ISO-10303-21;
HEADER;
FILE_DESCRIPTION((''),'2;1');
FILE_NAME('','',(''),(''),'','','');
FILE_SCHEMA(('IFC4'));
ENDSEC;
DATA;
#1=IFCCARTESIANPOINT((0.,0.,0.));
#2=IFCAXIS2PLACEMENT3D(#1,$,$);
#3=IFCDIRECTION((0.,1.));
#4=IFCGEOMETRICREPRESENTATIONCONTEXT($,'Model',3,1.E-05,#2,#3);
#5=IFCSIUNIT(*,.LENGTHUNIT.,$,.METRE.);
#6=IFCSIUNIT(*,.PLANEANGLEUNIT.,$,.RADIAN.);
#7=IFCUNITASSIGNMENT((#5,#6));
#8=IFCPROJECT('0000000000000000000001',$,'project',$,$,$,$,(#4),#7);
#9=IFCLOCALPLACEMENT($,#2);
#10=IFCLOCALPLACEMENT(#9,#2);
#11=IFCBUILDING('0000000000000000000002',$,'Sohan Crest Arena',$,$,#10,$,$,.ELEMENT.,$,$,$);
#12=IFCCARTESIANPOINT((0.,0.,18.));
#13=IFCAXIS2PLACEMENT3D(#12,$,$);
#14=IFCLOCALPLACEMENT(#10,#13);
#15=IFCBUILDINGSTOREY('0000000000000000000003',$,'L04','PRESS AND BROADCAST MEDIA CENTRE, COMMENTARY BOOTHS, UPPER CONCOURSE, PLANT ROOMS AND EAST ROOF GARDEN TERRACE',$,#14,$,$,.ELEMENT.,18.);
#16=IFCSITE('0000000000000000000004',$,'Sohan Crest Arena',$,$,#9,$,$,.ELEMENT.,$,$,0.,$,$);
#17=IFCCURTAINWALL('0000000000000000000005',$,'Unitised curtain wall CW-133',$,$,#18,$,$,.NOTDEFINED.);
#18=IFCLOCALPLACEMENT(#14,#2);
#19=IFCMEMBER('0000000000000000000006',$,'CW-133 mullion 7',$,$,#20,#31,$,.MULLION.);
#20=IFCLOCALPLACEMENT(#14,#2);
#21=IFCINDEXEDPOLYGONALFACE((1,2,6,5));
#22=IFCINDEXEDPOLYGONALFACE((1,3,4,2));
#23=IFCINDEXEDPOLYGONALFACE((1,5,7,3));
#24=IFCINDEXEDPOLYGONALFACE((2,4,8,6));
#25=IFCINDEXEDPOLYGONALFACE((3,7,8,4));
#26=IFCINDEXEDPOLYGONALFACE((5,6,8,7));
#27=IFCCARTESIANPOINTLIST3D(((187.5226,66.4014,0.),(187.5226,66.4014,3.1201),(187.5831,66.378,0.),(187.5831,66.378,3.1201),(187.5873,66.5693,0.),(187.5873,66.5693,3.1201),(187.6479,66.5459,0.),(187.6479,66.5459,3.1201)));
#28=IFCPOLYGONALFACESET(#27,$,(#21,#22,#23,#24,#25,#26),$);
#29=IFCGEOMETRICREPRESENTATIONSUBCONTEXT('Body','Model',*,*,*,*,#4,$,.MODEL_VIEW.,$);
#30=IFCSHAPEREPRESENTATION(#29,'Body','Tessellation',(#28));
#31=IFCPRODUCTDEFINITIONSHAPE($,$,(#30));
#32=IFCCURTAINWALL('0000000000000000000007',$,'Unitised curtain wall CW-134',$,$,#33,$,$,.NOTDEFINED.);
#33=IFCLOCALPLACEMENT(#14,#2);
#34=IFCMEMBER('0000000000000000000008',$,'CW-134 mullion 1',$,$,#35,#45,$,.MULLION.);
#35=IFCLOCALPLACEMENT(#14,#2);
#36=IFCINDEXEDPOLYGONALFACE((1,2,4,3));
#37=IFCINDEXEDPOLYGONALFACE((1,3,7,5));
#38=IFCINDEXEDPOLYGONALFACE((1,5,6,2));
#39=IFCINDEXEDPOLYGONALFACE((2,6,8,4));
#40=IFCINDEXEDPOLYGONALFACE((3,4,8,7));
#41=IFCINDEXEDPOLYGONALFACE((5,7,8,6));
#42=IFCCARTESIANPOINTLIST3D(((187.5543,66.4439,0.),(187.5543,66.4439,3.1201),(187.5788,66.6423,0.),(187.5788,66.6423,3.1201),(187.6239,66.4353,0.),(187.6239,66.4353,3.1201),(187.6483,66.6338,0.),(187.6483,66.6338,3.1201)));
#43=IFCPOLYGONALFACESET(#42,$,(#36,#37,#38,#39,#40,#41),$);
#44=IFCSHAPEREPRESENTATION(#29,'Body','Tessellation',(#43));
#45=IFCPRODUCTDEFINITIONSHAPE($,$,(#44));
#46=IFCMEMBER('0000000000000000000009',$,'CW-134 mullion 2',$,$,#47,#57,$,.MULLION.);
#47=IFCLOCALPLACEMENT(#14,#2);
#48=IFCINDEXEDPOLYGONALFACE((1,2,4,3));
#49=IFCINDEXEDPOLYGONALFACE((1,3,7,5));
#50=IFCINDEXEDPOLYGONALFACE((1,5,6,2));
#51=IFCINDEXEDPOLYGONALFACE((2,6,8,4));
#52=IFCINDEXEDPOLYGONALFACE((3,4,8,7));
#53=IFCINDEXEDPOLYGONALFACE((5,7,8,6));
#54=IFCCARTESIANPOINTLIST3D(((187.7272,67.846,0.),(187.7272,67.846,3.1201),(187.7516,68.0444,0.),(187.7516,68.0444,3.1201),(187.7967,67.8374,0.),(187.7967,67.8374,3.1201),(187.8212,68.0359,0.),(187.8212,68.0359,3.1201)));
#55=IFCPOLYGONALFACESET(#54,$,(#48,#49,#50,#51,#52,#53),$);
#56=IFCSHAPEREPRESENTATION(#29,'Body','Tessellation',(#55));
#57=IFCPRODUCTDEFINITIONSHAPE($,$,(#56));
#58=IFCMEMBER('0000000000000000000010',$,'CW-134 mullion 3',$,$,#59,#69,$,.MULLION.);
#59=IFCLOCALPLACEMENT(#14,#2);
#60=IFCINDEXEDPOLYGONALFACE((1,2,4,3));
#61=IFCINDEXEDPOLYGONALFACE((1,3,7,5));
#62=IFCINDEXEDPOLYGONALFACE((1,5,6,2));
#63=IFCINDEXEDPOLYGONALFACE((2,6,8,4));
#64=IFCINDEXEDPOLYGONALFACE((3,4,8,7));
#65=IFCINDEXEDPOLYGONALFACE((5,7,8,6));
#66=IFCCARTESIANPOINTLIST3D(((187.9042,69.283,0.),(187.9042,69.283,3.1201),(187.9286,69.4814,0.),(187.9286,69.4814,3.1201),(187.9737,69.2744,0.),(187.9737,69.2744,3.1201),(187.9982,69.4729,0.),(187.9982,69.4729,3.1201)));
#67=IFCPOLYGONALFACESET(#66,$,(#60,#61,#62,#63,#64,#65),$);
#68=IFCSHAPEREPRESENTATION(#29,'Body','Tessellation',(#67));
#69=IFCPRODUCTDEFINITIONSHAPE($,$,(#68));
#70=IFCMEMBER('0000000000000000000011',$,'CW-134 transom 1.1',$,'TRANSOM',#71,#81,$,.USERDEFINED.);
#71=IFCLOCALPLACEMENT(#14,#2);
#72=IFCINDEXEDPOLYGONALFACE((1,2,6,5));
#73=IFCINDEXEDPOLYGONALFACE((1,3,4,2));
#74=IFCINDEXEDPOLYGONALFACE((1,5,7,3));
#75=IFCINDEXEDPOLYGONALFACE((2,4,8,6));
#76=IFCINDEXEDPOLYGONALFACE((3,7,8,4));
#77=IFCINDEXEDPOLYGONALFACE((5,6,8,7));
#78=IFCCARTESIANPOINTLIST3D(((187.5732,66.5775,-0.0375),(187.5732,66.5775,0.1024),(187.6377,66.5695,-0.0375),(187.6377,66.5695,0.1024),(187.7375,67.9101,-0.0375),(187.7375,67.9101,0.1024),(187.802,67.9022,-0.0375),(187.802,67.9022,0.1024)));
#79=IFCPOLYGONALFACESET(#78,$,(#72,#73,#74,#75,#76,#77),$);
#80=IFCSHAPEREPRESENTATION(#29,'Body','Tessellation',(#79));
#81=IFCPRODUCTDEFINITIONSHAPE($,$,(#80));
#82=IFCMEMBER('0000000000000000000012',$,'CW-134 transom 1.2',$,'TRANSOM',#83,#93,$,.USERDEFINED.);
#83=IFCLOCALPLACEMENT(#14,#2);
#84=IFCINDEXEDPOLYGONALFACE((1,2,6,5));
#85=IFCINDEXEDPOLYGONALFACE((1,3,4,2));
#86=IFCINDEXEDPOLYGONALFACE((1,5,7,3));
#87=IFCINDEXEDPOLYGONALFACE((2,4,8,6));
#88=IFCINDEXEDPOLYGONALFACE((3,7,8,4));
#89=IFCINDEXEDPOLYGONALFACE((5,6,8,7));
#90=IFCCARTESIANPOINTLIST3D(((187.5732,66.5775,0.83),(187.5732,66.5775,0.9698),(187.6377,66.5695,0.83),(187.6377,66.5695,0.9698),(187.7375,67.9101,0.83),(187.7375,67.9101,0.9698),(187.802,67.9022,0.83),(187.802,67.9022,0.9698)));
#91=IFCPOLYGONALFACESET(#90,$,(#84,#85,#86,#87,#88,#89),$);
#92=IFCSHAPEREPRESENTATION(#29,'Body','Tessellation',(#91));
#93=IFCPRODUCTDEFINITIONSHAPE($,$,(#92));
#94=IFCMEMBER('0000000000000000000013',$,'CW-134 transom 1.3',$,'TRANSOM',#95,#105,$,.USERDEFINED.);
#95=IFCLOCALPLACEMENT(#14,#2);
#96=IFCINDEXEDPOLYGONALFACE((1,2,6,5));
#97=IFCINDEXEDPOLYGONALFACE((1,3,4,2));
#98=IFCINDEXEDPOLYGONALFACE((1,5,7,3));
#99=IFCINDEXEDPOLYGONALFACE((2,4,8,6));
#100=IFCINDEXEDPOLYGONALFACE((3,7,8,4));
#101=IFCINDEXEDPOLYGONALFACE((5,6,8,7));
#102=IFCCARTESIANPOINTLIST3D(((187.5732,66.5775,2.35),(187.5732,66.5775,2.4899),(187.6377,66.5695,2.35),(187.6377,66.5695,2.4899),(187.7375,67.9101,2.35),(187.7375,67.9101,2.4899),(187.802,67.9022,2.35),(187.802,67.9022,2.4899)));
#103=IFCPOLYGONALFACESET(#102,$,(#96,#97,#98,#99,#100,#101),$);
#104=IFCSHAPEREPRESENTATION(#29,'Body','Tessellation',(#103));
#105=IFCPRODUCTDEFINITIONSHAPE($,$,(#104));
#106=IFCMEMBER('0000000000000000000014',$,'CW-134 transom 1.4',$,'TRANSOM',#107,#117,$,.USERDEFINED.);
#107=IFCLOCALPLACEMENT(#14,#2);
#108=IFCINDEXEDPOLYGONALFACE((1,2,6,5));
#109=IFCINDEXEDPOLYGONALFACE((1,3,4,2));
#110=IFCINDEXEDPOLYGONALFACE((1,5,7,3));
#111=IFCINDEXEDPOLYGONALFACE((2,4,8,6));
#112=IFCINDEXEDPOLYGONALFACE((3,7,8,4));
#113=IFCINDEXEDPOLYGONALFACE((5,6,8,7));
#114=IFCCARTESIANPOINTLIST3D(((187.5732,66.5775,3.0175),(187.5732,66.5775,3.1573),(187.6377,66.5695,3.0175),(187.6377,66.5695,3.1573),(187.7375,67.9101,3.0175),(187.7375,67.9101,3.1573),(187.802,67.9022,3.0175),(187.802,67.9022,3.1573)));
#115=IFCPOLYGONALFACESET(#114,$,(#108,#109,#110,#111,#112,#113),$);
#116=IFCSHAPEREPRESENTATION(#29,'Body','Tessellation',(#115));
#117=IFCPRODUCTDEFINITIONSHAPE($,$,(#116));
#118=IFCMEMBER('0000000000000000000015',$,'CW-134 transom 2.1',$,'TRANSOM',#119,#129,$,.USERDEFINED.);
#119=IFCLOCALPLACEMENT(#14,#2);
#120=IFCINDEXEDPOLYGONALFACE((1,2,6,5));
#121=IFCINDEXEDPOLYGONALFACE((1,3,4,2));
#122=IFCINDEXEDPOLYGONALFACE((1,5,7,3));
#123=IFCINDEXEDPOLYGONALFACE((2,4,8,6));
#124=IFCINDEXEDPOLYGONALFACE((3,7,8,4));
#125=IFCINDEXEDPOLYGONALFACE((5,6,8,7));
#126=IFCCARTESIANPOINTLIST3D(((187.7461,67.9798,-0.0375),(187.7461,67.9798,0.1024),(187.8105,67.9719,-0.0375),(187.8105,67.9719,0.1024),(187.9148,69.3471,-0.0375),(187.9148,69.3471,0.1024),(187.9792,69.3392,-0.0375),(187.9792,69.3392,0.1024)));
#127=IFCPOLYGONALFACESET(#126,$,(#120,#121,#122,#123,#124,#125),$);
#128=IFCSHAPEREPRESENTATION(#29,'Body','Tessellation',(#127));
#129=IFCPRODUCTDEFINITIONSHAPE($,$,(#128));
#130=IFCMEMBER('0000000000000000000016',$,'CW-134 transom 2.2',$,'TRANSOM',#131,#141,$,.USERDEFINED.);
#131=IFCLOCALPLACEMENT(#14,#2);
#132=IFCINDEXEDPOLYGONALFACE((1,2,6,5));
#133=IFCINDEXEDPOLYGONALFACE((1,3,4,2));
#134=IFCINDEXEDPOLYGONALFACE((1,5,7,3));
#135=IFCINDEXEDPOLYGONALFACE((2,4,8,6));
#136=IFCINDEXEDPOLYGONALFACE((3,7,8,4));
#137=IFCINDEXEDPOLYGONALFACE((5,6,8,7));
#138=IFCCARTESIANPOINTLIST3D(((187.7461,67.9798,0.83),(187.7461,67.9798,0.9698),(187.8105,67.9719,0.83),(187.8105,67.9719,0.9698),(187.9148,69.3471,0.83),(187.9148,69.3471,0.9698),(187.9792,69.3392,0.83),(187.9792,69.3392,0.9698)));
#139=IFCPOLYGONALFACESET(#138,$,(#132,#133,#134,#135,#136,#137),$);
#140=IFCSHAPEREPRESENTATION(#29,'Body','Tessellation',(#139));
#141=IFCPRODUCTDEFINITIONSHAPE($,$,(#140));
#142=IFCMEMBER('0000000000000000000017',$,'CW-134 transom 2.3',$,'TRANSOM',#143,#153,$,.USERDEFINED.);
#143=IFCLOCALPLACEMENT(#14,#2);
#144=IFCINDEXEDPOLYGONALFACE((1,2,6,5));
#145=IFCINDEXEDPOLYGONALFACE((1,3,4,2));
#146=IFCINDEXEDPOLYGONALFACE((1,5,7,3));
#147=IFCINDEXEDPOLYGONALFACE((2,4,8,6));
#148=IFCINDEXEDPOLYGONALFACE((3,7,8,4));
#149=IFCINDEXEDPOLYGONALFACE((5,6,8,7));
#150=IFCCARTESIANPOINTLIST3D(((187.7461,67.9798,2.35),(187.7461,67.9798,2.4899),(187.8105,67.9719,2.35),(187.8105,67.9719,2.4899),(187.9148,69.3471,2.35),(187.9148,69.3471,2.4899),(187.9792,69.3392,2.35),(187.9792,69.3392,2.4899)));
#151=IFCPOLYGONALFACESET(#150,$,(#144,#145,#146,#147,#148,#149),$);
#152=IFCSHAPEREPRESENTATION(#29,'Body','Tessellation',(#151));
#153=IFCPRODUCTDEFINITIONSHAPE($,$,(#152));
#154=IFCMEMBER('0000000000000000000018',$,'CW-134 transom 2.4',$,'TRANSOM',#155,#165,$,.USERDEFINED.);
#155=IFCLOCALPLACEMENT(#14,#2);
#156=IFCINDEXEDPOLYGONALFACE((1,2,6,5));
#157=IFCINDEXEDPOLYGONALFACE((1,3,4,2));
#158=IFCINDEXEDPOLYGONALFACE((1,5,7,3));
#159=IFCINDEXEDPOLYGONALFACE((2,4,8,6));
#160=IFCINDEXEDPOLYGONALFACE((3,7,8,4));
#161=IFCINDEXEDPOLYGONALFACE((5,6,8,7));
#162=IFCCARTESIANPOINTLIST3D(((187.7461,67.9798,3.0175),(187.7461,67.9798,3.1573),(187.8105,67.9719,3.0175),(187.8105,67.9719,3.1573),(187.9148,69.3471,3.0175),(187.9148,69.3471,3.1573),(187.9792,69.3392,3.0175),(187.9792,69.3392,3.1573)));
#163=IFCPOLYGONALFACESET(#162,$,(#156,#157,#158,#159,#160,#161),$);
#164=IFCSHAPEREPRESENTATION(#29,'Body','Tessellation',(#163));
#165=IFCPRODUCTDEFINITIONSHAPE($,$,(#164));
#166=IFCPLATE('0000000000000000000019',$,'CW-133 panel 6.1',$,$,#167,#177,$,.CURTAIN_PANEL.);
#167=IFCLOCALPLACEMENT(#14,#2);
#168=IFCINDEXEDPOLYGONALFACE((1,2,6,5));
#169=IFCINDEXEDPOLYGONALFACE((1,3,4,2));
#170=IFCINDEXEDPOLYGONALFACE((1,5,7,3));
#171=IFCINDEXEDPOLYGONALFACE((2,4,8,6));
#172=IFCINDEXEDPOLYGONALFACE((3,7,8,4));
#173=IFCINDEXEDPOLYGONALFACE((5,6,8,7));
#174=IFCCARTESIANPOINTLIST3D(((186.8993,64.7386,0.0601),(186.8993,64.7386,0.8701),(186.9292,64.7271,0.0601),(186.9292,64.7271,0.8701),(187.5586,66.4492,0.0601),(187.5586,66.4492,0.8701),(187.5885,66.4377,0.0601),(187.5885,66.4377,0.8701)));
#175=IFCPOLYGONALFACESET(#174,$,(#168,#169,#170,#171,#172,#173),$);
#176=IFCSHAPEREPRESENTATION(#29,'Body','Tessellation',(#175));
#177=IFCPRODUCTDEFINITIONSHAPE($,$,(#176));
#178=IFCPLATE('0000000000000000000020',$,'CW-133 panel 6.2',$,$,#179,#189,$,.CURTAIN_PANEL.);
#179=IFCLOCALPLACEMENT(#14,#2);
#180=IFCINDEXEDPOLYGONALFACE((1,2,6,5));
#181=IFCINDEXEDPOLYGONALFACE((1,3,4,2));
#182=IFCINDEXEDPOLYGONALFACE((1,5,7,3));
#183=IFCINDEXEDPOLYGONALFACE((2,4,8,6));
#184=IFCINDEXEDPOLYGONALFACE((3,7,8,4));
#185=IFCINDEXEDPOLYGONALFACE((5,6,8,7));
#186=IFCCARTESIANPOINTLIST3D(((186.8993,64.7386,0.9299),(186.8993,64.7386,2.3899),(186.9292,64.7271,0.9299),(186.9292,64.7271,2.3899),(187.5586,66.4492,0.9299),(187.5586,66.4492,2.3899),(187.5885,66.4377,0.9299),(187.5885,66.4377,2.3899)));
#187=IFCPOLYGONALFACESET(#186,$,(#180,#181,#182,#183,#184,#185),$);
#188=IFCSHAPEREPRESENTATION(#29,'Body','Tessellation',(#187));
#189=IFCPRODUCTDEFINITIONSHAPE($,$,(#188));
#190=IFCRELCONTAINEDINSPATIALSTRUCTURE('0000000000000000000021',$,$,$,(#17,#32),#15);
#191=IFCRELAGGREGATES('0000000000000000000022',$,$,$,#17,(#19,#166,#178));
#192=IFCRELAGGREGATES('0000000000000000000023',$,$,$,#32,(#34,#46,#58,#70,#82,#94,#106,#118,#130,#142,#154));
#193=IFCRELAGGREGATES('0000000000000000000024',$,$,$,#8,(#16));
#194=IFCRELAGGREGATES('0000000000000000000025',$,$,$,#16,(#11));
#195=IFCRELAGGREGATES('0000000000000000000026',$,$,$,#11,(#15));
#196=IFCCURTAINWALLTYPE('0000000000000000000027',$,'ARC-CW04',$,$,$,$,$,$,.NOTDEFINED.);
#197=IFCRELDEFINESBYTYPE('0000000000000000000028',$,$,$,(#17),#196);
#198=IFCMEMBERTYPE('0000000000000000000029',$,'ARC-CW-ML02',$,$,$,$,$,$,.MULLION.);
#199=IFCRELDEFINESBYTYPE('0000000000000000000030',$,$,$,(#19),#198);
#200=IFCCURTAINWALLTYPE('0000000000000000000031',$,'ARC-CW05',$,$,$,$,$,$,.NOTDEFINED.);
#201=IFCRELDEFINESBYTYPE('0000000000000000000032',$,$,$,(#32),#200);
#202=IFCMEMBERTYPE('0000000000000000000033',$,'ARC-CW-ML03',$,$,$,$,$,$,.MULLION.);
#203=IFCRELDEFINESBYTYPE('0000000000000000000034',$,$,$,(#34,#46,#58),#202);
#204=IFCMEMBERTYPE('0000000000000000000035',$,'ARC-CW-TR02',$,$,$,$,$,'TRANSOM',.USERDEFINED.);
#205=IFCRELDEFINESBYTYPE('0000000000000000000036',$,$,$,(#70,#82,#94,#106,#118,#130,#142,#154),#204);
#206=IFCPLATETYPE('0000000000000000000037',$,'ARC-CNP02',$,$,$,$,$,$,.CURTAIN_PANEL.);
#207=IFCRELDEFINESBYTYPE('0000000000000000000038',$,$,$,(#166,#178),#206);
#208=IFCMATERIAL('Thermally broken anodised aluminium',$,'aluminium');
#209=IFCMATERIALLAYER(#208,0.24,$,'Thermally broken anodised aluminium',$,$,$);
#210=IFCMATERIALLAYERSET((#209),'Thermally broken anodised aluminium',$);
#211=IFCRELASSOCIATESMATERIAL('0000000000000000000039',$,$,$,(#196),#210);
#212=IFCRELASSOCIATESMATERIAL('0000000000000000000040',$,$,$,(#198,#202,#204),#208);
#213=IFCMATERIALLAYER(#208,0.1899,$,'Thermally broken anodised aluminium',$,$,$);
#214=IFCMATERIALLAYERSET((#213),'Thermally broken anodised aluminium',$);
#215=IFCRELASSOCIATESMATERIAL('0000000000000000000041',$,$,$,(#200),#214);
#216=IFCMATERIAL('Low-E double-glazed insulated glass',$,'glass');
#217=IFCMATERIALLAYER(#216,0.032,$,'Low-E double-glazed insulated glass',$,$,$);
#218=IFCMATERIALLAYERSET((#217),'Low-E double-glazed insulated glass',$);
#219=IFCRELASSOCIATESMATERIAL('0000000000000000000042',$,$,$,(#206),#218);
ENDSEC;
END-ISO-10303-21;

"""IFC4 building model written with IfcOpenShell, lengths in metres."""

from ifc_helpers import new_model, si_unit, direction, frame, origin, origin_2d, place, context, subcontext, project, spatial, rectangle, extrude, material, layer, layer_set, material_profile, profile_set, type_object, element, aggregate, save


model = new_model("IFC4")

# Units and contexts
model_context = context("Model", 3, precision=1e-05, world=origin(), true_north=direction((0.0, 1.0)))
body_context = subcontext(model_context, "Body", "Model", "MODEL_VIEW")
ifc_project = project(units=[si_unit("LENGTHUNIT", "METRE"), si_unit("PLANEANGLEUNIT", "RADIAN")], contexts=[model_context])

# Site, building, storey
site_placement = place(None, origin())
site = spatial("IfcSite", under=ifc_project, at=site_placement, Name="Sohan Crest Arena", CompositionType="ELEMENT", RefElevation=0.0)
building_placement = place(site_placement, origin())
building = spatial("IfcBuilding", under=site, at=building_placement, Name="Sohan Crest Arena", CompositionType="ELEMENT")
storey_placement = place(building_placement, frame((0.0, 0.0, 18.0)))
storey = spatial("IfcBuildingStorey", under=building, at=storey_placement, Name="L04", Description="PRESS AND BROADCAST MEDIA CENTRE, COMMENTARY BOOTHS, UPPER CONCOURSE, PLANT ROOMS AND EAST ROOF GARDEN TERRACE", CompositionType="ELEMENT", Elevation=18.0)

# Curtain wall, member
ifc_material_1 = material(Name="Thermally broken anodised aluminium", Category="aluminium")
ifc_layer_1 = layer(ifc_material_1, 0.24, Name="Thermally broken anodised aluminium")
ifc_layer_set_1 = layer_set([ifc_layer_1], Name="Thermally broken anodised aluminium")
curtain_wall_type_1 = type_object("IfcCurtainWallType", Name="ARC-CW04", PredefinedType="NOTDEFINED", material=ifc_layer_set_1)
curtain_wall_1_placement = place(storey_placement, origin())
curtain_wall_1 = element("IfcCurtainWall", 1, at=curtain_wall_1_placement, inside=storey, type_object=curtain_wall_type_1, Name="Unitised curtain wall CW-133", PredefinedType="NOTDEFINED")
ifc_material_profile_1 = material_profile(ifc_material_1, rectangle(XDim=0.0649, YDim=0.1799, at=origin_2d()), Name="ALU-MULL 65x180")
ifc_profile_set_1 = profile_set([ifc_material_profile_1], Name="Thermally broken anodised aluminium")
member_type_1 = type_object("IfcMemberType", Name="ARC-CW-ML02", PredefinedType="MULLION", material=ifc_profile_set_1)
member_1_placement = place(storey_placement, frame((187.5852, 66.4736, 0.0), z_axis=(0.0, 0.0, 1.0), x_axis=(-0.933094, 0.359633, 0.0)))
member_1 = element("IfcMember", 2, at=member_1_placement, type_object=member_type_1, Name="CW-133 mullion 7", PredefinedType="MULLION", context=body_context, shape_type="SweptSolid", body=[
    extrude(rectangle(XDim=0.0649, YDim=0.1799, at=origin_2d()), origin(), (0.0, 0.0, 1.0), 3.1201),
])

# Curtain wall, members
ifc_layer_2 = layer(ifc_material_1, 0.1899, Name="Thermally broken anodised aluminium")
ifc_layer_set_2 = layer_set([ifc_layer_2], Name="Thermally broken anodised aluminium")
curtain_wall_type_2 = type_object("IfcCurtainWallType", Name="ARC-CW05", PredefinedType="NOTDEFINED", material=ifc_layer_set_2)
curtain_wall_2_placement = place(storey_placement, origin())
curtain_wall_2 = element("IfcCurtainWall", 3, at=curtain_wall_2_placement, inside=storey, type_object=curtain_wall_type_2, Name="Unitised curtain wall CW-134", PredefinedType="NOTDEFINED")
ifc_material_profile_2 = material_profile(ifc_material_1, rectangle(XDim=0.0701, YDim=0.2, at=origin_2d()), Name="ALU-MULL 70x200")
ifc_profile_set_2 = profile_set([ifc_material_profile_2], Name="Thermally broken anodised aluminium")
member_type_2 = type_object("IfcMemberType", Name="ARC-CW-ML03", PredefinedType="MULLION", material=ifc_profile_set_2)
member_2_placement = place(storey_placement, frame((187.6013, 66.5388, 0.0), z_axis=(0.0, 0.0, 1.0), x_axis=(-0.992489, 0.122334, 0.0)))
member_2 = element("IfcMember", 4, at=member_2_placement, type_object=member_type_2, Name="CW-134 mullion 1", PredefinedType="MULLION", context=body_context, shape_type="SweptSolid", body=[
    extrude(rectangle(XDim=0.0701, YDim=0.2, at=origin_2d()), origin(), (0.0, 0.0, 1.0), 3.1201),
])
member_3_placement = place(storey_placement, frame((187.7742, 67.9409, 0.0), z_axis=(0.0, 0.0, 1.0), x_axis=(-0.992489, 0.122334, 0.0)))
member_3 = element("IfcMember", 5, at=member_3_placement, type_object=member_type_2, Name="CW-134 mullion 2", PredefinedType="MULLION", context=body_context, shape_type="SweptSolid", body=[
    extrude(rectangle(XDim=0.0701, YDim=0.2, at=origin_2d()), origin(), (0.0, 0.0, 1.0), 3.1201),
])
member_4_placement = place(storey_placement, frame((187.9512, 69.3779, 0.0), z_axis=(0.0, 0.0, 1.0), x_axis=(-0.992489, 0.122334, 0.0)))
member_4 = element("IfcMember", 6, at=member_4_placement, type_object=member_type_2, Name="CW-134 mullion 3", PredefinedType="MULLION", context=body_context, shape_type="SweptSolid", body=[
    extrude(rectangle(XDim=0.0701, YDim=0.2, at=origin_2d()), origin(), (0.0, 0.0, 1.0), 3.1201),
])
ifc_material_profile_3 = material_profile(ifc_material_1, rectangle(XDim=0.0649, YDim=0.1399, at=origin_2d()), Name="ALU-TRAN 65x140")
ifc_profile_set_3 = profile_set([ifc_material_profile_3], Name="Thermally broken anodised aluminium")
member_type_3 = type_object("IfcMemberType", Name="ARC-CW-TR02", ElementType="TRANSOM", PredefinedType="USERDEFINED", material=ifc_profile_set_3)
member_5_placement = place(storey_placement, frame((187.6055, 66.5735, 0.0325), z_axis=(0.122356, 0.992486, 0.0), x_axis=(-0.992486, 0.122356, 0.0)))
member_5 = element("IfcMember", 7, at=member_5_placement, type_object=member_type_3, Name="CW-134 transom 1.1", ObjectType="TRANSOM", PredefinedType="USERDEFINED", context=body_context, shape_type="SweptSolid", body=[
    extrude(rectangle(XDim=0.0649, YDim=0.1399, at=origin_2d()), origin(), (0.0, 0.0, 1.0), 1.3428),
])
member_6_placement = place(storey_placement, frame((187.6055, 66.5735, 0.8999), z_axis=(0.122356, 0.992486, 0.0), x_axis=(-0.992486, 0.122356, 0.0)))
member_6 = element("IfcMember", 8, at=member_6_placement, type_object=member_type_3, Name="CW-134 transom 1.2", ObjectType="TRANSOM", PredefinedType="USERDEFINED", context=body_context, shape_type="SweptSolid", body=[
    extrude(rectangle(XDim=0.0649, YDim=0.1399, at=origin_2d()), origin(), (0.0, 0.0, 1.0), 1.3428),
])
member_7_placement = place(storey_placement, frame((187.6055, 66.5735, 2.4199), z_axis=(0.122356, 0.992486, 0.0), x_axis=(-0.992486, 0.122356, 0.0)))
member_7 = element("IfcMember", 9, at=member_7_placement, type_object=member_type_3, Name="CW-134 transom 1.3", ObjectType="TRANSOM", PredefinedType="USERDEFINED", context=body_context, shape_type="SweptSolid", body=[
    extrude(rectangle(XDim=0.0649, YDim=0.1399, at=origin_2d()), origin(), (0.0, 0.0, 1.0), 1.3428),
])
member_8_placement = place(storey_placement, frame((187.6055, 66.5735, 3.0874), z_axis=(0.122356, 0.992486, 0.0), x_axis=(-0.992486, 0.122356, 0.0)))
member_8 = element("IfcMember", 10, at=member_8_placement, type_object=member_type_3, Name="CW-134 transom 1.4", ObjectType="TRANSOM", PredefinedType="USERDEFINED", context=body_context, shape_type="SweptSolid", body=[
    extrude(rectangle(XDim=0.0649, YDim=0.1399, at=origin_2d()), origin(), (0.0, 0.0, 1.0), 1.3428),
])
member_9_placement = place(storey_placement, frame((187.7783, 67.9758, 0.0325), z_axis=(0.122443, 0.992476, 0.0), x_axis=(-0.992476, 0.122443, 0.0)))
member_9 = element("IfcMember", 11, at=member_9_placement, type_object=member_type_3, Name="CW-134 transom 2.1", ObjectType="TRANSOM", PredefinedType="USERDEFINED", context=body_context, shape_type="SweptSolid", body=[
    extrude(rectangle(XDim=0.0649, YDim=0.1399, at=origin_2d()), origin(), (0.0, 0.0, 1.0), 1.3777),
])
member_10_placement = place(storey_placement, frame((187.7783, 67.9758, 0.8999), z_axis=(0.122443, 0.992476, 0.0), x_axis=(-0.992476, 0.122443, 0.0)))
member_10 = element("IfcMember", 12, at=member_10_placement, type_object=member_type_3, Name="CW-134 transom 2.2", ObjectType="TRANSOM", PredefinedType="USERDEFINED", context=body_context, shape_type="SweptSolid", body=[
    extrude(rectangle(XDim=0.0649, YDim=0.1399, at=origin_2d()), origin(), (0.0, 0.0, 1.0), 1.3777),
])
member_11_placement = place(storey_placement, frame((187.7783, 67.9758, 2.4199), z_axis=(0.122443, 0.992476, 0.0), x_axis=(-0.992476, 0.122443, 0.0)))
member_11 = element("IfcMember", 13, at=member_11_placement, type_object=member_type_3, Name="CW-134 transom 2.3", ObjectType="TRANSOM", PredefinedType="USERDEFINED", context=body_context, shape_type="SweptSolid", body=[
    extrude(rectangle(XDim=0.0649, YDim=0.1399, at=origin_2d()), origin(), (0.0, 0.0, 1.0), 1.3777),
])
member_12_placement = place(storey_placement, frame((187.7783, 67.9758, 3.0874), z_axis=(0.122443, 0.992476, 0.0), x_axis=(-0.992476, 0.122443, 0.0)))
member_12 = element("IfcMember", 14, at=member_12_placement, type_object=member_type_3, Name="CW-134 transom 2.4", ObjectType="TRANSOM", PredefinedType="USERDEFINED", context=body_context, shape_type="SweptSolid", body=[
    extrude(rectangle(XDim=0.0649, YDim=0.1399, at=origin_2d()), origin(), (0.0, 0.0, 1.0), 1.3777),
])

# Plates
ifc_material_2 = material(Name="Low-E double-glazed insulated glass", Category="glass")
ifc_layer_3 = layer(ifc_material_2, 0.032, Name="Low-E double-glazed insulated glass")
ifc_layer_set_3 = layer_set([ifc_layer_3], Name="Low-E double-glazed insulated glass")
plate_type_1 = type_object("IfcPlateType", Name="ARC-CNP02", PredefinedType="CURTAIN_PANEL", material=ifc_layer_set_3)
plate_1_placement = place(storey_placement, frame((187.2439, 65.5881, 0.0601), z_axis=(0.0, 0.0, 1.0), x_axis=(0.359633, 0.933094, 0.0)))
plate_1 = element("IfcPlate", 15, at=plate_1_placement, type_object=plate_type_1, Name="CW-133 panel 6.1", PredefinedType="CURTAIN_PANEL", context=body_context, shape_type="SweptSolid", body=[
    extrude(rectangle(XDim=1.8333, YDim=0.032, at=origin_2d()), origin(), (0.0, 0.0, 1.0), 0.8101),
])
plate_2_placement = place(storey_placement, frame((187.2439, 65.5881, 0.9299), z_axis=(0.0, 0.0, 1.0), x_axis=(0.359633, 0.933094, 0.0)))
plate_2 = element("IfcPlate", 16, at=plate_2_placement, type_object=plate_type_1, Name="CW-133 panel 6.2", PredefinedType="CURTAIN_PANEL", context=body_context, shape_type="SweptSolid", body=[
    extrude(rectangle(XDim=1.8333, YDim=0.032, at=origin_2d()), origin(), (0.0, 0.0, 1.0), 1.46),
])
aggregate(curtain_wall_1, [member_1, plate_1, plate_2])
aggregate(curtain_wall_2, [member_2, member_3, member_4, member_5, member_6, member_7, member_8, member_9, member_10, member_11, member_12])

save(model, "model.ifc")
